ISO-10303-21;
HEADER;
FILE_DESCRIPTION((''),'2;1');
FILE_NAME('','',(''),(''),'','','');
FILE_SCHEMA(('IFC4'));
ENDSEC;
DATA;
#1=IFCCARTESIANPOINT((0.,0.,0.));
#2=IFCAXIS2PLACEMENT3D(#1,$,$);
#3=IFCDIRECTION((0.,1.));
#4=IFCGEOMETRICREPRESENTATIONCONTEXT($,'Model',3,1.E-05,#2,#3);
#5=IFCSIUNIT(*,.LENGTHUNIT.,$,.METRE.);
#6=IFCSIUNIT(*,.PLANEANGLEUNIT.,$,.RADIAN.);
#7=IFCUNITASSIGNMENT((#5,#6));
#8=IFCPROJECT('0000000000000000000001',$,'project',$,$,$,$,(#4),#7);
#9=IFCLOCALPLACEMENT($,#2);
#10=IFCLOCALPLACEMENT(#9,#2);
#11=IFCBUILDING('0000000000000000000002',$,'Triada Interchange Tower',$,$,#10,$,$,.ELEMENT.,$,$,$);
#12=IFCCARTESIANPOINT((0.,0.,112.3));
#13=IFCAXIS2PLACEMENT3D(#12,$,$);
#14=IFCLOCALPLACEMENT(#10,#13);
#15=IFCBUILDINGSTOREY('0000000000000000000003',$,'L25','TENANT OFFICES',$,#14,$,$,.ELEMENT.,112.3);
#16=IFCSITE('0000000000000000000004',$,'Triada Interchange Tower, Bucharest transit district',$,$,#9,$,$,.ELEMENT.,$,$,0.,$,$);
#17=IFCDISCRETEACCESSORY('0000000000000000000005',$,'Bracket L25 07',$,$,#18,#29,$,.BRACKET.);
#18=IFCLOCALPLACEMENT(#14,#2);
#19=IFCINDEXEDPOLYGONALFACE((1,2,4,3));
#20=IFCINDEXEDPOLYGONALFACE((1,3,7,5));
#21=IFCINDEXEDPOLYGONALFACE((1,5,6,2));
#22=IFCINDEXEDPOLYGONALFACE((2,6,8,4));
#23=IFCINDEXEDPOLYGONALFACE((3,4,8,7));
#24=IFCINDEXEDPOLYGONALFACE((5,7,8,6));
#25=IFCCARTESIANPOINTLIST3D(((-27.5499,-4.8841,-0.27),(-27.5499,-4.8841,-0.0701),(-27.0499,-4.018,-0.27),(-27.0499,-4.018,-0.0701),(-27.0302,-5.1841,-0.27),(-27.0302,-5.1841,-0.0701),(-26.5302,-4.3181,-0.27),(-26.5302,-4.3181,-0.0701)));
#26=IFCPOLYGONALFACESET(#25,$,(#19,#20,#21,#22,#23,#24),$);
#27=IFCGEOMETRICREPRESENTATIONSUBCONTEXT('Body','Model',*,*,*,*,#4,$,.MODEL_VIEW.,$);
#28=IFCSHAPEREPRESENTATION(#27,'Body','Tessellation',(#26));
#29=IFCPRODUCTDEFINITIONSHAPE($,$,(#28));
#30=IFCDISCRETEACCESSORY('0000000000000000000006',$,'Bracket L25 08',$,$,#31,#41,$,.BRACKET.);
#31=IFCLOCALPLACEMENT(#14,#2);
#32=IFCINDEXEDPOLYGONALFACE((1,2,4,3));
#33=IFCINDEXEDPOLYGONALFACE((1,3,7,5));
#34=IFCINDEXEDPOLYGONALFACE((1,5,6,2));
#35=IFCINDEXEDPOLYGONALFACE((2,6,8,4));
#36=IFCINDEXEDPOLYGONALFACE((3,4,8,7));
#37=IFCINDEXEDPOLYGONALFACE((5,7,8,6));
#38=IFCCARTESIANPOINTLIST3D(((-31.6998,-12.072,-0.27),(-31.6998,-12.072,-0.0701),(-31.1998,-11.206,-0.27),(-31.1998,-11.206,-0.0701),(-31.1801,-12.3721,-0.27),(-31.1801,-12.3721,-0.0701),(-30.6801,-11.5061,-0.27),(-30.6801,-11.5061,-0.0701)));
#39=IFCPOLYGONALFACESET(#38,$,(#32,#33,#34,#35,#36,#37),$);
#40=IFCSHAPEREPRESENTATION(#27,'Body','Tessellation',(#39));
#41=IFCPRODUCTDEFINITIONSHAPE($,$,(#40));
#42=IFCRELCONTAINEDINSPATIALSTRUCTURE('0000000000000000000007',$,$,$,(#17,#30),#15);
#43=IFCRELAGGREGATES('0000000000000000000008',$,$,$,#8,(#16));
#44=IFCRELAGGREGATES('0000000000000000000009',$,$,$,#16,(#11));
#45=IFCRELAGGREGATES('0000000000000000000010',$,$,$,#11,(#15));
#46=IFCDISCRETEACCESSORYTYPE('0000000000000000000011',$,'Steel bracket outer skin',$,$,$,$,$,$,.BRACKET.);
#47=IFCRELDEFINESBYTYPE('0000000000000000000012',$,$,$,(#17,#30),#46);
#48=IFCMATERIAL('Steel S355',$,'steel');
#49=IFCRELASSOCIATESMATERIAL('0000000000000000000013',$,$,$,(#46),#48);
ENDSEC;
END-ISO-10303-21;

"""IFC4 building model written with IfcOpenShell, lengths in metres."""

from ifc_helpers import new_model, si_unit, direction, frame, origin, origin_2d, place, context, subcontext, project, spatial, rectangle, extrude, material, type_object, element, save


model = new_model("IFC4")

# Units and contexts
model_context = context("Model", 3, precision=1e-05, world=origin(), true_north=direction((0.0, 1.0)))
body_context = subcontext(model_context, "Body", "Model", "MODEL_VIEW")
ifc_project = project(units=[si_unit("LENGTHUNIT", "METRE"), si_unit("PLANEANGLEUNIT", "RADIAN")], contexts=[model_context])

# Site, building, storey
site_placement = place(None, origin())
site = spatial("IfcSite", under=ifc_project, at=site_placement, Name="Triada Interchange Tower, Bucharest transit district", CompositionType="ELEMENT", RefElevation=0.0)
building_placement = place(site_placement, origin())
building = spatial("IfcBuilding", under=site, at=building_placement, Name="Triada Interchange Tower", CompositionType="ELEMENT")
storey_placement = place(building_placement, frame((0.0, 0.0, 112.3)))
storey = spatial("IfcBuildingStorey", under=building, at=storey_placement, Name="L25", Description="TENANT OFFICES", CompositionType="ELEMENT", Elevation=112.3)

# Discrete accessories
ifc_material_1 = material(Name="Steel S355", Category="steel")
discrete_accessory_type = type_object("IfcDiscreteAccessoryType", Name="Steel bracket outer skin", PredefinedType="BRACKET", material=ifc_material_1)
for number, where, z_axis, x_axis, name in (
    (1, (-27.04, -4.6011, -0.27), (0.0, 0.0, 1.0), (-0.866022, 0.500006, 0.0), "Bracket L25 07"),
    (2, (-31.1899, -11.7891, -0.27), (0.0, 0.0, 1.0), (-0.866022, 0.500006, 0.0), "Bracket L25 08"),
):
    element("IfcDiscreteAccessory", number, at=place(storey_placement, frame(where, z_axis=z_axis, x_axis=x_axis)), inside=storey, type_object=discrete_accessory_type, Name=name, PredefinedType="BRACKET", context=body_context, shape_type="SweptSolid", body=[
        extrude(rectangle(XDim=0.6001, YDim=1.0, at=origin_2d()), origin(), (0.0, 0.0, 1.0), 0.2),
    ])

save(model, "model.ifc")
